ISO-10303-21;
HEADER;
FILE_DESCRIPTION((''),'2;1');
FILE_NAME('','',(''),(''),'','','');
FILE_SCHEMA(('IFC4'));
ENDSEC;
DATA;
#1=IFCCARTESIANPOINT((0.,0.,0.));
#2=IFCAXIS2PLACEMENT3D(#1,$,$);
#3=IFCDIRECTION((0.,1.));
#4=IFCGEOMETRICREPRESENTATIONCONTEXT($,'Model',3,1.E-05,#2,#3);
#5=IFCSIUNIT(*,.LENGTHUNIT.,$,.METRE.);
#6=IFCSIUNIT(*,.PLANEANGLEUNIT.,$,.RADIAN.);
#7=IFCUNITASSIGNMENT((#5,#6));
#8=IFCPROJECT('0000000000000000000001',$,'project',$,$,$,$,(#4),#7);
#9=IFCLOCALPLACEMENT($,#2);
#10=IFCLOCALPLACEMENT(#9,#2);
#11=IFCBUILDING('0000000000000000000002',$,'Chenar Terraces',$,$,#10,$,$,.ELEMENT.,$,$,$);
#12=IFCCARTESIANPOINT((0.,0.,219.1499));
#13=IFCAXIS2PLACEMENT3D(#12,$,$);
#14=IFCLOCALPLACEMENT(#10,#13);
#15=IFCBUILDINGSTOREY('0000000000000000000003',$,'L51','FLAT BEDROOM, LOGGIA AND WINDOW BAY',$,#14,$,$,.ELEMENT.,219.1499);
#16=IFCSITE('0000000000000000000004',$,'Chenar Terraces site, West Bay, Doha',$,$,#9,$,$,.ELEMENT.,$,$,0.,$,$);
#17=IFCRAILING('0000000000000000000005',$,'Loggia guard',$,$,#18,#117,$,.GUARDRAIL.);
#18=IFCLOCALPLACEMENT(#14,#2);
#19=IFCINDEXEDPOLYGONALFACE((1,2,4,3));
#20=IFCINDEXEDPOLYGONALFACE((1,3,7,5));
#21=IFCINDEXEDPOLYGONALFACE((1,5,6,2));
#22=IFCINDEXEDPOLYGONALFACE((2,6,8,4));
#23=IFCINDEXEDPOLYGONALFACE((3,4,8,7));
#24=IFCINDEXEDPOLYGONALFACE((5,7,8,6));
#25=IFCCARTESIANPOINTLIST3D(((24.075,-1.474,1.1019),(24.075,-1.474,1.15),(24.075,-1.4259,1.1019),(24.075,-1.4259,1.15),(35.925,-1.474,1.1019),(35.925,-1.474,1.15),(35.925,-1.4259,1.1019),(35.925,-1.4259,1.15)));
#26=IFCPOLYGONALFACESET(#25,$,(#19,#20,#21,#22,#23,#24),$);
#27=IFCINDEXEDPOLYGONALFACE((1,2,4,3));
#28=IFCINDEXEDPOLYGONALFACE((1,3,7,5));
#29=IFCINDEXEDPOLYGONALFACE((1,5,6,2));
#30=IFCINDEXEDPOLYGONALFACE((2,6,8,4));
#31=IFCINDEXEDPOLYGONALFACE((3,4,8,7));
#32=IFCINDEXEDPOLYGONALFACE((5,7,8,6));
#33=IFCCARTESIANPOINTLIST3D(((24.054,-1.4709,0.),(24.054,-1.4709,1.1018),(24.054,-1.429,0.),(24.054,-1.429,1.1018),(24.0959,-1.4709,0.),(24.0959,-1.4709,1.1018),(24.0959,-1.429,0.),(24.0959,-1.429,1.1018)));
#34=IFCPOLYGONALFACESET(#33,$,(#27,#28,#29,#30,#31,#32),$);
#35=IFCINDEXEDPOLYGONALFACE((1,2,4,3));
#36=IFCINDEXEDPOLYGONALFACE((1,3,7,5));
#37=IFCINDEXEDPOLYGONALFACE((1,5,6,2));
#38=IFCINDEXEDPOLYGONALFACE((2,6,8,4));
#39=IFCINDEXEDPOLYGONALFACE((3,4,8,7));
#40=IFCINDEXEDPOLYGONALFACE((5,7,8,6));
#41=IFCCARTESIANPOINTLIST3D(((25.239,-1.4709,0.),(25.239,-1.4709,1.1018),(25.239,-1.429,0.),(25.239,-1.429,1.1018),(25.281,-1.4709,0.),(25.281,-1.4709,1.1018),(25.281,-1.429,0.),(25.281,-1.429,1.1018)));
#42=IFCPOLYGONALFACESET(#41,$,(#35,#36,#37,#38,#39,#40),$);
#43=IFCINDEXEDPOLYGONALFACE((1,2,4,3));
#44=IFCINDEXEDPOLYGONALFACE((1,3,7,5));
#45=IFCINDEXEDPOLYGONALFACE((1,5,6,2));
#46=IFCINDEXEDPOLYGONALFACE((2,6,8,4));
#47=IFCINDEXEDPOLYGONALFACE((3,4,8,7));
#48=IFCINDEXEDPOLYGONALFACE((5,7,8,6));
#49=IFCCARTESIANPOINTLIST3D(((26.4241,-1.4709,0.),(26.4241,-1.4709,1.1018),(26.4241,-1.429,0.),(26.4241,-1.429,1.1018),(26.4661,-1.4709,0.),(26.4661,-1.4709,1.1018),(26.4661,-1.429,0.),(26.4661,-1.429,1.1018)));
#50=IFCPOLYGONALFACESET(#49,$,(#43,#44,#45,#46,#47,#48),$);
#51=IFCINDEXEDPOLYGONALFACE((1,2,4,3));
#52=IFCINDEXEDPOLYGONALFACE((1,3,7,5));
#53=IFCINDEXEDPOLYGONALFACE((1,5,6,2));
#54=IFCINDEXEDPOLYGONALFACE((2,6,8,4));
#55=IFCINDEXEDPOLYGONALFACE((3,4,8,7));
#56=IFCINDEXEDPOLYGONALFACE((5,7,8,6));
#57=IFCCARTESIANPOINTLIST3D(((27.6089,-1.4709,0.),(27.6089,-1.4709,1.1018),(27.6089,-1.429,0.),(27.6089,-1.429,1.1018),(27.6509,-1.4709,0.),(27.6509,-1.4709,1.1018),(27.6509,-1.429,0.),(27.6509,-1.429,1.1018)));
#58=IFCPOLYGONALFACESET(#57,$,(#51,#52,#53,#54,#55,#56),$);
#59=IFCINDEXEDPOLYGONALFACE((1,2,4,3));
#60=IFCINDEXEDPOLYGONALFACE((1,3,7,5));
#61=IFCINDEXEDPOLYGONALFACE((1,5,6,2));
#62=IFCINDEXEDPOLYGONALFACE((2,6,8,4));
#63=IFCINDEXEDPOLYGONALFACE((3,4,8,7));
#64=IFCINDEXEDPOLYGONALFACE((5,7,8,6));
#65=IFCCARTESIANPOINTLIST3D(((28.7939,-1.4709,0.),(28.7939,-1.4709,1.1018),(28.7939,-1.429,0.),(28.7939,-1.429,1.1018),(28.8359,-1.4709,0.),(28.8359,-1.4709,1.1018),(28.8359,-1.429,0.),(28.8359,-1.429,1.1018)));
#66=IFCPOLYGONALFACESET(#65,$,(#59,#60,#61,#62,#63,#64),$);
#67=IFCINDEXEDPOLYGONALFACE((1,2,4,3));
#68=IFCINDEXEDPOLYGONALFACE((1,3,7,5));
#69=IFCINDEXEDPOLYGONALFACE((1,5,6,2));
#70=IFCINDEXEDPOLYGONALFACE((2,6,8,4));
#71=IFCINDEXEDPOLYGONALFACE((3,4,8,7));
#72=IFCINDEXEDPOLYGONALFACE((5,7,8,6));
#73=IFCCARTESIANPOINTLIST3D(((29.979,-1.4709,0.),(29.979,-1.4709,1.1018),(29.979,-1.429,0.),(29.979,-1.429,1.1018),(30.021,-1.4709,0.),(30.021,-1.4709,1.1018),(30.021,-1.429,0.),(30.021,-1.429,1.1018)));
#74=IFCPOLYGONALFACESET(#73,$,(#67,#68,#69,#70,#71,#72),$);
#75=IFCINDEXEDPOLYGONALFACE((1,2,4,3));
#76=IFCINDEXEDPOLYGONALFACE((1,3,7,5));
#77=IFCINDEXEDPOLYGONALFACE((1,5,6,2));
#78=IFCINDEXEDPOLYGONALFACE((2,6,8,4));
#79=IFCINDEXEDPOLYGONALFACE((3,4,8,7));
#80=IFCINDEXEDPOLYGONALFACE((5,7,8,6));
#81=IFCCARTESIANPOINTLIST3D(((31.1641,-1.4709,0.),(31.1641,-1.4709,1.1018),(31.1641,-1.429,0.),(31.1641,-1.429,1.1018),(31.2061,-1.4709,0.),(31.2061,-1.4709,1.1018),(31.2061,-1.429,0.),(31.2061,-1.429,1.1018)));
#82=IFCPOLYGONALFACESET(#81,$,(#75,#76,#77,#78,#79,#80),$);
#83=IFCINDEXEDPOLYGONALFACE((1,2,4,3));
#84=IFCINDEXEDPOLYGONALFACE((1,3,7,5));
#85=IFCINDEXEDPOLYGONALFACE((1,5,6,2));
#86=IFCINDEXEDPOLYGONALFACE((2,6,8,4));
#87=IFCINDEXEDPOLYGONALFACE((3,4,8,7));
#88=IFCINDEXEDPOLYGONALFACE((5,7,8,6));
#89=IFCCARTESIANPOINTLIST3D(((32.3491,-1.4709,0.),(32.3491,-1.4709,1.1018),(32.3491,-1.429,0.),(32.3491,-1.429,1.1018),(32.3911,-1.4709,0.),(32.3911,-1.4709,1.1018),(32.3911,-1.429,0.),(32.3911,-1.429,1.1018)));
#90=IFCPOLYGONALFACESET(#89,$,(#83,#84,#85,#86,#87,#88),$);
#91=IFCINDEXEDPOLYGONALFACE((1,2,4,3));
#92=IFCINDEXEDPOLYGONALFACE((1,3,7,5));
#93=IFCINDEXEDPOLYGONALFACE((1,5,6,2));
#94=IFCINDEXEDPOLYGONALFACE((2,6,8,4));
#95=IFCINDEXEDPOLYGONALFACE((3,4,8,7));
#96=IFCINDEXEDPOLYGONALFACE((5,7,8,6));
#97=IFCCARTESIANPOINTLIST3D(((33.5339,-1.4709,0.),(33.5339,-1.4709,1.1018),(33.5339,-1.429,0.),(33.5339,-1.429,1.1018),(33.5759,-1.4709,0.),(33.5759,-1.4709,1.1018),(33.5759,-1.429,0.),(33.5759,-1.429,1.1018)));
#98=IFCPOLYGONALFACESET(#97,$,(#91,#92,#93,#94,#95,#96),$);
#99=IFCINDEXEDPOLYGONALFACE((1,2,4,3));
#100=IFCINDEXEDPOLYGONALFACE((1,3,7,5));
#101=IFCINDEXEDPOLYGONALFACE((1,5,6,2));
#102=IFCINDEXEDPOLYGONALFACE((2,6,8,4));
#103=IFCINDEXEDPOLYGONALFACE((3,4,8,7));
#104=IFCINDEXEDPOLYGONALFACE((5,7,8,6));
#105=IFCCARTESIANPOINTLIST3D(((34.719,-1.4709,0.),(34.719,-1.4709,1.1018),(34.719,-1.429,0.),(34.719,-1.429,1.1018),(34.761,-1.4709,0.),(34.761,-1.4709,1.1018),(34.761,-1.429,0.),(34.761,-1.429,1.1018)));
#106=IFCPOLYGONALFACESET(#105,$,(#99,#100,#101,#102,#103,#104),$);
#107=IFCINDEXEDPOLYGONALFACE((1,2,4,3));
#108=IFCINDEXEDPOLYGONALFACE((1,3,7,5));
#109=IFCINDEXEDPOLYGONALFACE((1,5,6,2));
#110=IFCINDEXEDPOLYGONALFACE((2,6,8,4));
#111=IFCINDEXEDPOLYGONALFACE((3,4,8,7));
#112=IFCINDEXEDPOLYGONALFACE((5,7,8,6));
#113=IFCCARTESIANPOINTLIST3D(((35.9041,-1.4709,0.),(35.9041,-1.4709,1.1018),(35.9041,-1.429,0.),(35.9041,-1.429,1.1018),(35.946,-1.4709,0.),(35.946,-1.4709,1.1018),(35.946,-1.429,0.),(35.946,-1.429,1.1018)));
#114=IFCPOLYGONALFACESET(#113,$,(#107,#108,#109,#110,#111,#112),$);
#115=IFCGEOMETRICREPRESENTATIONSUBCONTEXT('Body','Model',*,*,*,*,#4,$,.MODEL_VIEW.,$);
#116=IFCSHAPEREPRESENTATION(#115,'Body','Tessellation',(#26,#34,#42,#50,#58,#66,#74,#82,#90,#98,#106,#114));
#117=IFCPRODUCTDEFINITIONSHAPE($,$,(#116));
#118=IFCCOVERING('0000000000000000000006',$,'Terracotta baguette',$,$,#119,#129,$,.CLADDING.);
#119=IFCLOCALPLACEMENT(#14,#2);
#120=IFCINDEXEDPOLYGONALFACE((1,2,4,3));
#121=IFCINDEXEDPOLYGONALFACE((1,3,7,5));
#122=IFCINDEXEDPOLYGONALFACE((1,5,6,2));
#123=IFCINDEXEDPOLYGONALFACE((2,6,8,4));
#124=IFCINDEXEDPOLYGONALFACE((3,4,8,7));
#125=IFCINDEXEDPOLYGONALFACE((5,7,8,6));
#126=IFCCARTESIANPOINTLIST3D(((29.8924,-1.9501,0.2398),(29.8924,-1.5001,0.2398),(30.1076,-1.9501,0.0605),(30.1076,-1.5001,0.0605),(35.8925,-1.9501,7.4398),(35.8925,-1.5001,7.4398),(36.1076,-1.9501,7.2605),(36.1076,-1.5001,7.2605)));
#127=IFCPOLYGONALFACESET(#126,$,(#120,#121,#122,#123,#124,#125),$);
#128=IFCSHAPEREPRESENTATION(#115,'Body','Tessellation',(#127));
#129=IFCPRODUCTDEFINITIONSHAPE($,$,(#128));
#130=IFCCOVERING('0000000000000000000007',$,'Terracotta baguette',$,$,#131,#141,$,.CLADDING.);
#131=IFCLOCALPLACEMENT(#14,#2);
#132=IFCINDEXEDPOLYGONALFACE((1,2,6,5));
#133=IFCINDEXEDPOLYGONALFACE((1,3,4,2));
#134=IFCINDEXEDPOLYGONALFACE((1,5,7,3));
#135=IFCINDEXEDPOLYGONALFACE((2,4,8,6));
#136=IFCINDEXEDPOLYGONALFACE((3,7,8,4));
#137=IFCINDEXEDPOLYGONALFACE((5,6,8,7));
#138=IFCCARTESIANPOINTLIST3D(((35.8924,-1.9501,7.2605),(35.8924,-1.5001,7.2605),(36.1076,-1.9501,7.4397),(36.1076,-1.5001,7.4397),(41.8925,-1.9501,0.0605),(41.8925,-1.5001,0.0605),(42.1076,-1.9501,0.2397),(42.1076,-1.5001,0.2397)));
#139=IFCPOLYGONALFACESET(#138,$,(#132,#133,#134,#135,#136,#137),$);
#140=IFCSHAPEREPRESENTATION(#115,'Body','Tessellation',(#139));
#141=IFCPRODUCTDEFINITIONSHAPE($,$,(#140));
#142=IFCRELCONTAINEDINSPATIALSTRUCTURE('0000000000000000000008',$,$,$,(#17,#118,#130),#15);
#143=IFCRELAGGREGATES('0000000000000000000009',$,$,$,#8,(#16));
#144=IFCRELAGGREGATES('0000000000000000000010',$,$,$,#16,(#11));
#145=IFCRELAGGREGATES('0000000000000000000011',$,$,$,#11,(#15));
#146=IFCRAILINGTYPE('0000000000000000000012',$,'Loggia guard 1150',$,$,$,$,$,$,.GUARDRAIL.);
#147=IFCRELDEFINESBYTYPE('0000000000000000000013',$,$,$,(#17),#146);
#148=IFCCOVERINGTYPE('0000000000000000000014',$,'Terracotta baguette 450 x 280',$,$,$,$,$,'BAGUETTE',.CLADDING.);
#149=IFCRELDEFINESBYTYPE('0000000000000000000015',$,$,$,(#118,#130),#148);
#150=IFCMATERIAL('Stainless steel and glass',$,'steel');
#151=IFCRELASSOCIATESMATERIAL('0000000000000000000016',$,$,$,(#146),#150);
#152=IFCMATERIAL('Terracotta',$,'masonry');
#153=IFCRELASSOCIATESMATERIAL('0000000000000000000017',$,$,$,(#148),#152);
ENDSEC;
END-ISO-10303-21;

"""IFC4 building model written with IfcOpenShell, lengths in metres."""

from ifc_helpers import new_model, si_unit, direction, frame, origin, origin_2d, place, context, subcontext, project, spatial, rectangle, extrude, material, material_profile, profile_set, type_object, element, save


model = new_model("IFC4")

# Units and contexts
model_context = context("Model", 3, precision=1e-05, world=origin(), true_north=direction((0.0, 1.0)))
body_context = subcontext(model_context, "Body", "Model", "MODEL_VIEW")
ifc_project = project(units=[si_unit("LENGTHUNIT", "METRE"), si_unit("PLANEANGLEUNIT", "RADIAN")], contexts=[model_context])

# Site, building, storey
site_placement = place(None, origin())
site = spatial("IfcSite", under=ifc_project, at=site_placement, Name="Chenar Terraces site, West Bay, Doha", CompositionType="ELEMENT", RefElevation=0.0)
building_placement = place(site_placement, origin())
building = spatial("IfcBuilding", under=site, at=building_placement, Name="Chenar Terraces", CompositionType="ELEMENT")
storey_placement = place(building_placement, frame((0.0, 0.0, 219.1499)))
storey = spatial("IfcBuildingStorey", under=building, at=storey_placement, Name="L51", Description="FLAT BEDROOM, LOGGIA AND WINDOW BAY", CompositionType="ELEMENT", Elevation=219.1499)

# Railing
ifc_material_1 = material(Name="Stainless steel and glass", Category="steel")
railing_type = type_object("IfcRailingType", Name="Loggia guard 1150", PredefinedType="GUARDRAIL", material=ifc_material_1)
railing_placement = place(storey_placement, frame((24.075, -1.45, 0.0)))
element("IfcRailing", 1, at=railing_placement, inside=storey, type_object=railing_type, Name="Loggia guard", PredefinedType="GUARDRAIL", context=body_context, shape_type="SweptSolid", body=[
    extrude(rectangle(XDim=0.0481, YDim=0.0481, at=origin_2d()), frame((0.0, 0.0, 1.126), z_axis=(1.0, 0.0, 0.0), x_axis=(0.0, 1.0, 0.0)), (0.0, 0.0, 1.0), 11.8501),
    extrude(rectangle(XDim=0.042, YDim=0.042, at=origin_2d()), origin(), (0.0, 0.0, 1.0), 1.1018),
    extrude(rectangle(XDim=0.042, YDim=0.042, at=origin_2d()), frame((1.1851, 0.0, 0.0)), (0.0, 0.0, 1.0), 1.1018),
    extrude(rectangle(XDim=0.042, YDim=0.042, at=origin_2d()), frame((2.3701, 0.0, 0.0)), (0.0, 0.0, 1.0), 1.1018),
    extrude(rectangle(XDim=0.042, YDim=0.042, at=origin_2d()), frame((3.5549, 0.0, 0.0)), (0.0, 0.0, 1.0), 1.1018),
    extrude(rectangle(XDim=0.042, YDim=0.042, at=origin_2d()), frame((4.74, 0.0, 0.0)), (0.0, 0.0, 1.0), 1.1018),
    extrude(rectangle(XDim=0.042, YDim=0.042, at=origin_2d()), frame((5.925, 0.0, 0.0)), (0.0, 0.0, 1.0), 1.1018),
    extrude(rectangle(XDim=0.042, YDim=0.042, at=origin_2d()), frame((7.1101, 0.0, 0.0)), (0.0, 0.0, 1.0), 1.1018),
    extrude(rectangle(XDim=0.042, YDim=0.042, at=origin_2d()), frame((8.2952, 0.0, 0.0)), (0.0, 0.0, 1.0), 1.1018),
    extrude(rectangle(XDim=0.042, YDim=0.042, at=origin_2d()), frame((9.48, 0.0, 0.0)), (0.0, 0.0, 1.0), 1.1018),
    extrude(rectangle(XDim=0.042, YDim=0.042, at=origin_2d()), frame((10.665, 0.0, 0.0)), (0.0, 0.0, 1.0), 1.1018),
    extrude(rectangle(XDim=0.042, YDim=0.042, at=origin_2d()), frame((11.8501, 0.0, 0.0)), (0.0, 0.0, 1.0), 1.1018),
])

# Coverings
ifc_material_2 = material(Name="Terracotta", Category="masonry")
ifc_material_profile_1 = material_profile(ifc_material_2, rectangle(XDim=0.45, YDim=0.28, at=origin_2d()), Name="Terracotta baguette 450 x 280")
ifc_profile_set_1 = profile_set([ifc_material_profile_1], Name="Terracotta")
covering_type = type_object("IfcCoveringType", Name="Terracotta baguette 450 x 280", ElementType="BAGUETTE", PredefinedType="CLADDING", material=ifc_profile_set_1)
for number, where, z_axis, x_axis, name in (
    (2, (30.0, -1.7251, 0.1501), (0.640187, 0.0, 0.768219), (0.0, 1.0, 0.0), "Terracotta baguette"),
    (3, (36.0, -1.7251, 7.3501), (0.640187, 0.0, -0.768219), (0.0, 1.0, 0.0), "Terracotta baguette"),
):
    element("IfcCovering", number, at=place(storey_placement, frame(where, z_axis=z_axis, x_axis=x_axis)), inside=storey, type_object=covering_type, Name=name, PredefinedType="CLADDING", context=body_context, shape_type="SweptSolid", body=[
        extrude(rectangle(XDim=0.45, YDim=0.28, at=origin_2d()), origin(), (0.0, 0.0, 1.0), 9.3723),
    ])

save(model, "model.ifc")
